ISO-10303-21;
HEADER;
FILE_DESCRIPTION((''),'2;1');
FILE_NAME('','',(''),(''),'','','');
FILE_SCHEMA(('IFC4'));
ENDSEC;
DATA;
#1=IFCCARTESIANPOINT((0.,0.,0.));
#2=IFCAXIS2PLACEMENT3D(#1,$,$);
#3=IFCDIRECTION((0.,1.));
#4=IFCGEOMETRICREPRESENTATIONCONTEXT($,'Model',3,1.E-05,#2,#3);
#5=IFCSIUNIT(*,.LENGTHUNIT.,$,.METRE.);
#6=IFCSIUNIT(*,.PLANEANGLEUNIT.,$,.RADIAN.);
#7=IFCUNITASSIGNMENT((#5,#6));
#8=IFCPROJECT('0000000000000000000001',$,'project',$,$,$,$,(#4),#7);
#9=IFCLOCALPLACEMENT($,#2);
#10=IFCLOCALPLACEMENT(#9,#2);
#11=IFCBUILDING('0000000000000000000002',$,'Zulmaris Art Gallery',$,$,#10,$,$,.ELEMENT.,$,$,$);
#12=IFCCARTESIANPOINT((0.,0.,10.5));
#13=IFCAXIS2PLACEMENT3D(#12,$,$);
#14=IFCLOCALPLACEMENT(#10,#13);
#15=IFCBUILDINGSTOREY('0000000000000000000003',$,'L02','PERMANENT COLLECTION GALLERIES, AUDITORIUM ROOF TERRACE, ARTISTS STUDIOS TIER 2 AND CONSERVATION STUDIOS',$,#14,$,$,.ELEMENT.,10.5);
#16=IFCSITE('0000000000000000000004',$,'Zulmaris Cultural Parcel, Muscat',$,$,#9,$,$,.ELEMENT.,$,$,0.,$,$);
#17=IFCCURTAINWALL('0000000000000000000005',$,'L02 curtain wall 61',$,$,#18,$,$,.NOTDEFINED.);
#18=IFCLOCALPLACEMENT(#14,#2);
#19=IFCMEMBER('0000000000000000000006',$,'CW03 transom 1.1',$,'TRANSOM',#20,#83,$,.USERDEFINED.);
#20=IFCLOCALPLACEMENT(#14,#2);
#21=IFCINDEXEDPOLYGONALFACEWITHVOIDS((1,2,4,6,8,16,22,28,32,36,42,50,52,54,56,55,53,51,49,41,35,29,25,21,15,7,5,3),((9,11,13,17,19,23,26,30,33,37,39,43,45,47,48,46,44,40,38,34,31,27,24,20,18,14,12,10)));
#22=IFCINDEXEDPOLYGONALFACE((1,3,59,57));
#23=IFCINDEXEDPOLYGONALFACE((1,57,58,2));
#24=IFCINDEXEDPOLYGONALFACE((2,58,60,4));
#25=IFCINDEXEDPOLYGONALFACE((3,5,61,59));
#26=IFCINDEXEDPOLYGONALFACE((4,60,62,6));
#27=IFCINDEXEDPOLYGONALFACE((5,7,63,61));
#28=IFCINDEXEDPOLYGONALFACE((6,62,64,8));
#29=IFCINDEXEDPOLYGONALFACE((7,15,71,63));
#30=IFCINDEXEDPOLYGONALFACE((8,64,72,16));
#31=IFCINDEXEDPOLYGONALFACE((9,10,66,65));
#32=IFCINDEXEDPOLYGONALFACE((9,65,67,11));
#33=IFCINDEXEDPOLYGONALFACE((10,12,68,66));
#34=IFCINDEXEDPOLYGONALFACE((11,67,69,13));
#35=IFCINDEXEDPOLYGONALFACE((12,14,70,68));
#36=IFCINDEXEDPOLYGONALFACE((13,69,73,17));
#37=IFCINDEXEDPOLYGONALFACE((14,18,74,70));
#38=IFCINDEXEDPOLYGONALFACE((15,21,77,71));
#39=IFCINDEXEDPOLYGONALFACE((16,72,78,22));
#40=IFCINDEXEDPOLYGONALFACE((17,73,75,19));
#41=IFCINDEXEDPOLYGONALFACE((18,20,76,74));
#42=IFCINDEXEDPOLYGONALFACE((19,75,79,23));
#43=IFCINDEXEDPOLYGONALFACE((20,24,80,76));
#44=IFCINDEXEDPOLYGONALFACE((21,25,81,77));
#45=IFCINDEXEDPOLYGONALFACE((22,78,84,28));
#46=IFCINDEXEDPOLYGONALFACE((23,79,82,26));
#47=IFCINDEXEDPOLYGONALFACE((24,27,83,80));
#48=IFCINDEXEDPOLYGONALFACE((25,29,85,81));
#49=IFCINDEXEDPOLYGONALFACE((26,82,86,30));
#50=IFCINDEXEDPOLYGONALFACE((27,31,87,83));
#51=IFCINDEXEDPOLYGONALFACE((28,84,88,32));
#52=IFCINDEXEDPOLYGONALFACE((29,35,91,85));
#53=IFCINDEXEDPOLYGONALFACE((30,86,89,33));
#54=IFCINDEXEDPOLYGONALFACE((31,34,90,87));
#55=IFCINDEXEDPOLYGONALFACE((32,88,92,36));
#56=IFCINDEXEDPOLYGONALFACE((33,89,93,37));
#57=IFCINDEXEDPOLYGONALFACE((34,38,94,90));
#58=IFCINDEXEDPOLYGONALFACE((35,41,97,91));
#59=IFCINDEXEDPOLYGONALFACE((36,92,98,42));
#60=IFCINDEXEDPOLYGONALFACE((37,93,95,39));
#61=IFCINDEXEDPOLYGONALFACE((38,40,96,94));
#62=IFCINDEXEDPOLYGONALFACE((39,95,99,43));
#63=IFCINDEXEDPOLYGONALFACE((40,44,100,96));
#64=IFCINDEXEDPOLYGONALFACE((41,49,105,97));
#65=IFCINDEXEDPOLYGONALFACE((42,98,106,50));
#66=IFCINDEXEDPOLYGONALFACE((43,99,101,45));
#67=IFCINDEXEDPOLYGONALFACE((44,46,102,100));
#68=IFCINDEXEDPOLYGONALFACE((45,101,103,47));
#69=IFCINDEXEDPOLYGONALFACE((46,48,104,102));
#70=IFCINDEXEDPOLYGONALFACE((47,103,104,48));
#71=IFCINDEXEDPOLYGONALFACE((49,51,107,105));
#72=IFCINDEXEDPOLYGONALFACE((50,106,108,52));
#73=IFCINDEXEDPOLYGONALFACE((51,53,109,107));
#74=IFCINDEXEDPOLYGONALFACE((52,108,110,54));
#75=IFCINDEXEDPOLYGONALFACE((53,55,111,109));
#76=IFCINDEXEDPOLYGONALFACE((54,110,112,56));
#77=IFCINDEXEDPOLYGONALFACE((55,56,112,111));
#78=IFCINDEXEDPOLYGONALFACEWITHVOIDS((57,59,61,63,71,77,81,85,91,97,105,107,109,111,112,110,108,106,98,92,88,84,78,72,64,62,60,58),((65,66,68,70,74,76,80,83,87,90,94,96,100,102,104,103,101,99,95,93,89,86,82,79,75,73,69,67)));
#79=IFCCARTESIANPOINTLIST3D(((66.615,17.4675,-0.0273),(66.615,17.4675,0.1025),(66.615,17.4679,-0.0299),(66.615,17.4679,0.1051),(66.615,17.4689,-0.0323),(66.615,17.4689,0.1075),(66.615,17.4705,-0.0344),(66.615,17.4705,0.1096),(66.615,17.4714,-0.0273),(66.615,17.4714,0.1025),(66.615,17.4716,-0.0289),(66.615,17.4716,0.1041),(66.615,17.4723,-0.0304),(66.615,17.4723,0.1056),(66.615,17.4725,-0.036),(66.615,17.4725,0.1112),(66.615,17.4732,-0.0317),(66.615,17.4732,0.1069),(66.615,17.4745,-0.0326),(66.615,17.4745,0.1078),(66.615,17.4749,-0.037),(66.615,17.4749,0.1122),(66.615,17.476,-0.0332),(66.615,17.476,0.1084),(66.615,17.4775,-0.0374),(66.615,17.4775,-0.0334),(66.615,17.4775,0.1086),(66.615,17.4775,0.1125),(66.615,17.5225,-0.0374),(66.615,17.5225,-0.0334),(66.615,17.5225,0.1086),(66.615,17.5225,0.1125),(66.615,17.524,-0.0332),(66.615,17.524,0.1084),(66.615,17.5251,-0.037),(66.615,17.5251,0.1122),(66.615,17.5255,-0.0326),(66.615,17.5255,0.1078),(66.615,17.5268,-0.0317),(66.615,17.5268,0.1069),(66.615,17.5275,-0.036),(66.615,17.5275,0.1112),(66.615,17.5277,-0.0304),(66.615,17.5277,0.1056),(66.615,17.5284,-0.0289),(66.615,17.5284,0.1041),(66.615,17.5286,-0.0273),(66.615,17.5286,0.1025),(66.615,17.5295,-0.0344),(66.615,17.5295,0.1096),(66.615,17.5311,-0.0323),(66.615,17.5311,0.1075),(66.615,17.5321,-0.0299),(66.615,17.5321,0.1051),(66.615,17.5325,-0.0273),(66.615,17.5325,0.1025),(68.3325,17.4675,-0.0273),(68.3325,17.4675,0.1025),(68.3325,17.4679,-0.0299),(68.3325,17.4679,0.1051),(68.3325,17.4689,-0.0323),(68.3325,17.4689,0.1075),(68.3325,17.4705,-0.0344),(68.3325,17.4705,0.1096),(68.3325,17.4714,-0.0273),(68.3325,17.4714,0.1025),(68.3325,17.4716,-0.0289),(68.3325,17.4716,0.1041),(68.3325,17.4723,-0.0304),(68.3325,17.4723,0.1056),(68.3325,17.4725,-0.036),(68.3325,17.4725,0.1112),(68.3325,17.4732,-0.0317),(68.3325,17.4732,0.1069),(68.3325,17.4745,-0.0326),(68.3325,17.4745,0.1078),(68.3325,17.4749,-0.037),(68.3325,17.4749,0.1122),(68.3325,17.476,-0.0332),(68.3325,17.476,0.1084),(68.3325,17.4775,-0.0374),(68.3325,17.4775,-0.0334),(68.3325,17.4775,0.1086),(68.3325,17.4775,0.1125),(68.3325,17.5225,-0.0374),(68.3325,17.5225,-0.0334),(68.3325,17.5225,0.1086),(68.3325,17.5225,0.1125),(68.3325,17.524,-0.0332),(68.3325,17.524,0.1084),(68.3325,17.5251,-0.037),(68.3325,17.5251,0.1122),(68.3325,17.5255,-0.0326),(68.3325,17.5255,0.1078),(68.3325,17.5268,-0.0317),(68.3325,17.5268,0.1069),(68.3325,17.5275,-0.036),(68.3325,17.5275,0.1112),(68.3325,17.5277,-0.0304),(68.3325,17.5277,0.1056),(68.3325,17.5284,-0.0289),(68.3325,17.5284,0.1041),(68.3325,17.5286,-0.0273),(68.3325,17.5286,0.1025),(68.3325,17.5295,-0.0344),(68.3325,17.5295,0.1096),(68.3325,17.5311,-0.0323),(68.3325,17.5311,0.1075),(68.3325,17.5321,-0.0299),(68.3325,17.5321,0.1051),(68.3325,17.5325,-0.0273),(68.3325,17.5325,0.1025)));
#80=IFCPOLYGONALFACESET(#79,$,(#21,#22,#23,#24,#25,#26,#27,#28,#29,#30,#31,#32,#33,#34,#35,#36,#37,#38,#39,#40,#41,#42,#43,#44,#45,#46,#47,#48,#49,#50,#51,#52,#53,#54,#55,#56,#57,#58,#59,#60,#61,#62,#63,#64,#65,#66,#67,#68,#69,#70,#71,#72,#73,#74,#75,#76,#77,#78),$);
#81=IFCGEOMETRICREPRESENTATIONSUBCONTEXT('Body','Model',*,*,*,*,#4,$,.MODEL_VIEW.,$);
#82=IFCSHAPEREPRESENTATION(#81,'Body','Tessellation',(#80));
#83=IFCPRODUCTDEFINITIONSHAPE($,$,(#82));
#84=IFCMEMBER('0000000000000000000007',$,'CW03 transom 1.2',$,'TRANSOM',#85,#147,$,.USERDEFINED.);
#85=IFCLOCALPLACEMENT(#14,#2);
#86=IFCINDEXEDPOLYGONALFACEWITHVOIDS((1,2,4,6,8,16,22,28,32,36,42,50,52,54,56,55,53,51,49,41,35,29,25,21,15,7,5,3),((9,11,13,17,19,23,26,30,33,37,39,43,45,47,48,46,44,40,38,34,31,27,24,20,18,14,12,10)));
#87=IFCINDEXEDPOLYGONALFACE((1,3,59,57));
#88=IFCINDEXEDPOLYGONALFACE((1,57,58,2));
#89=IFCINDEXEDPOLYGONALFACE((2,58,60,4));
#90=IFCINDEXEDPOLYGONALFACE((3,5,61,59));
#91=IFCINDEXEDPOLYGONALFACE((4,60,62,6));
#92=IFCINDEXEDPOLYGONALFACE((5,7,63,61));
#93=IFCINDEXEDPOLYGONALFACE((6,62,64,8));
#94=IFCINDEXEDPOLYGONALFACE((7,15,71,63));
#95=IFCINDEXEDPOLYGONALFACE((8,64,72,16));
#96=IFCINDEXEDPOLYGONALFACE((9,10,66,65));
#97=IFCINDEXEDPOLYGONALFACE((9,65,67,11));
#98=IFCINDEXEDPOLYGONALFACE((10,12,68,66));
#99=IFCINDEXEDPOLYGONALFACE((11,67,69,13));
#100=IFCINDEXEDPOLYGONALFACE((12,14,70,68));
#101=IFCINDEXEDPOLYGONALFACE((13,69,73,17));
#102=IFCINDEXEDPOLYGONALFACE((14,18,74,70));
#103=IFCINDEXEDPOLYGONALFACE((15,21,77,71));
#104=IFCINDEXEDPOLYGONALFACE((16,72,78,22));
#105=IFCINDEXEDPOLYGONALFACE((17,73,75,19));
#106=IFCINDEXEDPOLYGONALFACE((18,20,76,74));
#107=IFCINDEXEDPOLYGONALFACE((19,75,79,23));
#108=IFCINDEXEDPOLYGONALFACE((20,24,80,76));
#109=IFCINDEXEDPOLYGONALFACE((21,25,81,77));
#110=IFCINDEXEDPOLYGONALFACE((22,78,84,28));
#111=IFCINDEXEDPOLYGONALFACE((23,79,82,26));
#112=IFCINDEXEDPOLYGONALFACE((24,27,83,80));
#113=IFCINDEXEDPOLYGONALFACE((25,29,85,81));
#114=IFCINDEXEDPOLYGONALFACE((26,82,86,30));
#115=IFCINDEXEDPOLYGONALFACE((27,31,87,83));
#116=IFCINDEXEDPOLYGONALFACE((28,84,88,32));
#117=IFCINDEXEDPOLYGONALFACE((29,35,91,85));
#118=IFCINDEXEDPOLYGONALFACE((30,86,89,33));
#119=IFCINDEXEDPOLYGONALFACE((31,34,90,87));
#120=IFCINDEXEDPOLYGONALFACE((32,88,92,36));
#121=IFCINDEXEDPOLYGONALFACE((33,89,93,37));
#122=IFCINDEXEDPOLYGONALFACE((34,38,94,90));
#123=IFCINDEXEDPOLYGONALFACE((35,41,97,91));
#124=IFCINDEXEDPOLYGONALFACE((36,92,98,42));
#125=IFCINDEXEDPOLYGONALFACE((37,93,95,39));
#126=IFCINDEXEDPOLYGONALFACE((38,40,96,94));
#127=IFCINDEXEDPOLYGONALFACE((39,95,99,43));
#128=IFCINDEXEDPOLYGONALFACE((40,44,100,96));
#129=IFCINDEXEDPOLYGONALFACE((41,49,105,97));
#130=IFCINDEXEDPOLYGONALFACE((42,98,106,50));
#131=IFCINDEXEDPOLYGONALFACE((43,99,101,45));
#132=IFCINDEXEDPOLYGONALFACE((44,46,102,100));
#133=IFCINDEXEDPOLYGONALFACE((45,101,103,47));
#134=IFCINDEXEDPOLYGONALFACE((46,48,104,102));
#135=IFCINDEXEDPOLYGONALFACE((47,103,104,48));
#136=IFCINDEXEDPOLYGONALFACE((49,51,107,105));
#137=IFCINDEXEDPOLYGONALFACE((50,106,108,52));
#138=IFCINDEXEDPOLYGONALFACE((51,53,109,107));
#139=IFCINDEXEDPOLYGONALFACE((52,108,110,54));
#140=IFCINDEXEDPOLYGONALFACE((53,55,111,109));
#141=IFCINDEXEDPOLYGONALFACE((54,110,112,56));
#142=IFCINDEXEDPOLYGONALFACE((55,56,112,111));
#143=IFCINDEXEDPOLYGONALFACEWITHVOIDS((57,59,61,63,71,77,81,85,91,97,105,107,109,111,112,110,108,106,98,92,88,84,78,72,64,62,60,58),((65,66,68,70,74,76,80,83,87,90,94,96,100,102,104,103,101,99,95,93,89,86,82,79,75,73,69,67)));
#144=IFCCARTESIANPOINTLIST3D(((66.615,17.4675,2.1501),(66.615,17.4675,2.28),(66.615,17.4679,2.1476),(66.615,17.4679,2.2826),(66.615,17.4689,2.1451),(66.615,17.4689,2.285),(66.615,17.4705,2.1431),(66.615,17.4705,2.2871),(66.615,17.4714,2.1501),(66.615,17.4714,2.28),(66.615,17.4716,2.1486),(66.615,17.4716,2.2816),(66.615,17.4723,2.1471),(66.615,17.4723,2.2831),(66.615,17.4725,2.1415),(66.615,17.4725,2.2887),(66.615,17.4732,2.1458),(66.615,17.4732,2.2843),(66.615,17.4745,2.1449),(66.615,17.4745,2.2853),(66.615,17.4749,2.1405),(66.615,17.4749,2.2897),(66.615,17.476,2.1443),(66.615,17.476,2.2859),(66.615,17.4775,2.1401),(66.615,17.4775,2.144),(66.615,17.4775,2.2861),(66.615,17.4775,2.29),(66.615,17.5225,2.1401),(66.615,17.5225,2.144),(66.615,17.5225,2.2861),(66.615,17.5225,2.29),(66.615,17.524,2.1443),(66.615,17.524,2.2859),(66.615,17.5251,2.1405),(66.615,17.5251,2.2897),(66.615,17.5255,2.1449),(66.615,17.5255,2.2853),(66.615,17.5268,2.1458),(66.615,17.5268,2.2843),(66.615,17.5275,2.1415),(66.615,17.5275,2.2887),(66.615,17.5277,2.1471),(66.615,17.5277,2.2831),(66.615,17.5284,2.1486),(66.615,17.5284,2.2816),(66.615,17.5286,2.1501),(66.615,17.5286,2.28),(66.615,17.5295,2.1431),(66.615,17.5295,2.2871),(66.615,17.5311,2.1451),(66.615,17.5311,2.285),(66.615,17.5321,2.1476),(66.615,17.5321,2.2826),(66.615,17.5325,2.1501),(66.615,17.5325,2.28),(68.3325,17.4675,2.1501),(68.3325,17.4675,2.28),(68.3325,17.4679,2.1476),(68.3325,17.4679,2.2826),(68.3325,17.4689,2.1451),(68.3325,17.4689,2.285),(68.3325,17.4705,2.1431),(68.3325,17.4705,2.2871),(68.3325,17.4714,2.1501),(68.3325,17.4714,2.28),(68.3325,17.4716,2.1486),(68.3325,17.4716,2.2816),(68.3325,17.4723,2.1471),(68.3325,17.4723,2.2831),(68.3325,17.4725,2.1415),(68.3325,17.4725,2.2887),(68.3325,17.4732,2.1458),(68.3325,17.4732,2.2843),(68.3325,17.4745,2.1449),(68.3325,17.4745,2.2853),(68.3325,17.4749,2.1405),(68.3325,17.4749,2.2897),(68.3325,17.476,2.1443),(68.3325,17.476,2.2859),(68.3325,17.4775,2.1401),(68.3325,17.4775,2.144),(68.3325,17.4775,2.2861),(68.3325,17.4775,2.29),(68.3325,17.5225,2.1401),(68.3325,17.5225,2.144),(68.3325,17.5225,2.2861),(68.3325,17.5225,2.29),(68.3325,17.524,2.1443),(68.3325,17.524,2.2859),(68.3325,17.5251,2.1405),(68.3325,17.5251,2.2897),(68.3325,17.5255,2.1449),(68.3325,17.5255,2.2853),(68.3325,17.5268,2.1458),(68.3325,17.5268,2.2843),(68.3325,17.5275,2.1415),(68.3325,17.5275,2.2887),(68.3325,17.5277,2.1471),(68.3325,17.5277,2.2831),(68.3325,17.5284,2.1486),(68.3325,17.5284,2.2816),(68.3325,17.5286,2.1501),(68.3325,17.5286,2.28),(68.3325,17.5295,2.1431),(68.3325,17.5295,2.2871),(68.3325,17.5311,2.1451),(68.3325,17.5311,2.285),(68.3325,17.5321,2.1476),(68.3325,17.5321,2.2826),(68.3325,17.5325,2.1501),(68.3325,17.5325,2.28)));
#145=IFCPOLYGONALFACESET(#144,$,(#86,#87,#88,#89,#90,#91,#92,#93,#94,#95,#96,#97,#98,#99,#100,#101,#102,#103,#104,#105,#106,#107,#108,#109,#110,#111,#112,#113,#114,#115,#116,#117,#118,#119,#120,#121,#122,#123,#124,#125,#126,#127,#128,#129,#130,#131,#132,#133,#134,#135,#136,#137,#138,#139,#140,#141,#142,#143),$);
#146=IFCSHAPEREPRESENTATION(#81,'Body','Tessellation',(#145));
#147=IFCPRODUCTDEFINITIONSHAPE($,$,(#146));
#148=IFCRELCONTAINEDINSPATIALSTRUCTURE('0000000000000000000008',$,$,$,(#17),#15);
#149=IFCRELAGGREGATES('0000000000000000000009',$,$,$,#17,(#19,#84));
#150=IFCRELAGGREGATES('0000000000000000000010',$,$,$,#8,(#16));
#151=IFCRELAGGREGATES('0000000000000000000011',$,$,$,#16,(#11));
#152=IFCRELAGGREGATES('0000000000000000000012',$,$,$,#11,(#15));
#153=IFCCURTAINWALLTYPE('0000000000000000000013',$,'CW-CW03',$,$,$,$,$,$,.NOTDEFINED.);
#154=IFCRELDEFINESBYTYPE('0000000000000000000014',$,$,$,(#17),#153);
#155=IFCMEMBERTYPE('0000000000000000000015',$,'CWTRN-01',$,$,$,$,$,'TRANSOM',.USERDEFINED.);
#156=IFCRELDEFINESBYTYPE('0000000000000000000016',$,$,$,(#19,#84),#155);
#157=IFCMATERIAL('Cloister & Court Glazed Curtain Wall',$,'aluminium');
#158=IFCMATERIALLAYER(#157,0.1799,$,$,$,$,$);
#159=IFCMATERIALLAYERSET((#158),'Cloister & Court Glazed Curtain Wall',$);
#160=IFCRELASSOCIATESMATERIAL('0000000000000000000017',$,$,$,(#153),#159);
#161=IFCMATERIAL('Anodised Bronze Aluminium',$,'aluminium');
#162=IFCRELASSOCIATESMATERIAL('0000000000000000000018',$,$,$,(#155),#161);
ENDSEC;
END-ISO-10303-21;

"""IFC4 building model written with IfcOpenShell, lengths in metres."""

from ifc_helpers import new_model, si_unit, direction, frame, origin, origin_2d, place, context, subcontext, project, spatial, hollow_rectangle, extrude, material, layer, layer_set, material_profile, profile_set, type_object, element, aggregate, save


model = new_model("IFC4")

# Units and contexts
model_context = context("Model", 3, precision=1e-05, world=origin(), true_north=direction((0.0, 1.0)))
body_context = subcontext(model_context, "Body", "Model", "MODEL_VIEW")
ifc_project = project(units=[si_unit("LENGTHUNIT", "METRE"), si_unit("PLANEANGLEUNIT", "RADIAN")], contexts=[model_context])

# Site, building, storey
site_placement = place(None, origin())
site = spatial("IfcSite", under=ifc_project, at=site_placement, Name="Zulmaris Cultural Parcel, Muscat", CompositionType="ELEMENT", RefElevation=0.0)
building_placement = place(site_placement, origin())
building = spatial("IfcBuilding", under=site, at=building_placement, Name="Zulmaris Art Gallery", CompositionType="ELEMENT")
storey_placement = place(building_placement, frame((0.0, 0.0, 10.5)))
storey = spatial("IfcBuildingStorey", under=building, at=storey_placement, Name="L02", Description="PERMANENT COLLECTION GALLERIES, AUDITORIUM ROOF TERRACE, ARTISTS STUDIOS TIER 2 AND CONSERVATION STUDIOS", CompositionType="ELEMENT", Elevation=10.5)

# Curtain wall
ifc_material_1 = material(Name="Cloister & Court Glazed Curtain Wall", Category="aluminium")
ifc_layer_1 = layer(ifc_material_1, 0.1799)
ifc_layer_set_1 = layer_set([ifc_layer_1], Name="Cloister & Court Glazed Curtain Wall")
curtain_wall_type = type_object("IfcCurtainWallType", Name="CW-CW03", PredefinedType="NOTDEFINED", material=ifc_layer_set_1)
ifc_material_2 = material(Name="Anodised Bronze Aluminium", Category="aluminium")
curtain_wall_1_placement = place(storey_placement, origin())
curtain_wall_1 = element("IfcCurtainWall", 1, at=curtain_wall_1_placement, inside=storey, type_object=curtain_wall_type, Name="L02 curtain wall 61", PredefinedType="NOTDEFINED")

# Members
ifc_material_profile_1 = material_profile(ifc_material_2, hollow_rectangle(XDim=0.0649, YDim=0.1499, WallThickness=0.0039, InnerFilletRadius=0.0061, OuterFilletRadius=0.01, at=origin_2d()), Name="ALU 65x150x4")
ifc_profile_set_1 = profile_set([ifc_material_profile_1], Name="Anodised Bronze Aluminium")
member_type_1 = type_object("IfcMemberType", Name="CWTRN-01", ElementType="TRANSOM", PredefinedType="USERDEFINED", material=ifc_profile_set_1)
member_1_placement = place(storey_placement, frame((66.615, 17.5, 0.0376), z_axis=(1.0, 0.0, 0.0), x_axis=(0.0, 1.0, 0.0)))
member_1 = element("IfcMember", 2, at=member_1_placement, type_object=member_type_1, Name="CW03 transom 1.1", ObjectType="TRANSOM", PredefinedType="USERDEFINED", context=body_context, shape_type="SweptSolid", body=[
    extrude(hollow_rectangle(XDim=0.0649, YDim=0.1499, WallThickness=0.0039, InnerFilletRadius=0.0061, OuterFilletRadius=0.01, at=origin_2d()), origin(), (0.0, 0.0, 1.0), 1.7175),
])
member_2_placement = place(storey_placement, frame((66.615, 17.5, 2.2151), z_axis=(1.0, 0.0, 0.0), x_axis=(0.0, 1.0, 0.0)))
member_2 = element("IfcMember", 3, at=member_2_placement, type_object=member_type_1, Name="CW03 transom 1.2", ObjectType="TRANSOM", PredefinedType="USERDEFINED", context=body_context, shape_type="SweptSolid", body=[
    extrude(hollow_rectangle(XDim=0.0649, YDim=0.1499, WallThickness=0.0039, InnerFilletRadius=0.0061, OuterFilletRadius=0.01, at=origin_2d()), origin(), (0.0, 0.0, 1.0), 1.7175),
])

aggregate(curtain_wall_1, [member_1, member_2])

save(model, "model.ifc")
